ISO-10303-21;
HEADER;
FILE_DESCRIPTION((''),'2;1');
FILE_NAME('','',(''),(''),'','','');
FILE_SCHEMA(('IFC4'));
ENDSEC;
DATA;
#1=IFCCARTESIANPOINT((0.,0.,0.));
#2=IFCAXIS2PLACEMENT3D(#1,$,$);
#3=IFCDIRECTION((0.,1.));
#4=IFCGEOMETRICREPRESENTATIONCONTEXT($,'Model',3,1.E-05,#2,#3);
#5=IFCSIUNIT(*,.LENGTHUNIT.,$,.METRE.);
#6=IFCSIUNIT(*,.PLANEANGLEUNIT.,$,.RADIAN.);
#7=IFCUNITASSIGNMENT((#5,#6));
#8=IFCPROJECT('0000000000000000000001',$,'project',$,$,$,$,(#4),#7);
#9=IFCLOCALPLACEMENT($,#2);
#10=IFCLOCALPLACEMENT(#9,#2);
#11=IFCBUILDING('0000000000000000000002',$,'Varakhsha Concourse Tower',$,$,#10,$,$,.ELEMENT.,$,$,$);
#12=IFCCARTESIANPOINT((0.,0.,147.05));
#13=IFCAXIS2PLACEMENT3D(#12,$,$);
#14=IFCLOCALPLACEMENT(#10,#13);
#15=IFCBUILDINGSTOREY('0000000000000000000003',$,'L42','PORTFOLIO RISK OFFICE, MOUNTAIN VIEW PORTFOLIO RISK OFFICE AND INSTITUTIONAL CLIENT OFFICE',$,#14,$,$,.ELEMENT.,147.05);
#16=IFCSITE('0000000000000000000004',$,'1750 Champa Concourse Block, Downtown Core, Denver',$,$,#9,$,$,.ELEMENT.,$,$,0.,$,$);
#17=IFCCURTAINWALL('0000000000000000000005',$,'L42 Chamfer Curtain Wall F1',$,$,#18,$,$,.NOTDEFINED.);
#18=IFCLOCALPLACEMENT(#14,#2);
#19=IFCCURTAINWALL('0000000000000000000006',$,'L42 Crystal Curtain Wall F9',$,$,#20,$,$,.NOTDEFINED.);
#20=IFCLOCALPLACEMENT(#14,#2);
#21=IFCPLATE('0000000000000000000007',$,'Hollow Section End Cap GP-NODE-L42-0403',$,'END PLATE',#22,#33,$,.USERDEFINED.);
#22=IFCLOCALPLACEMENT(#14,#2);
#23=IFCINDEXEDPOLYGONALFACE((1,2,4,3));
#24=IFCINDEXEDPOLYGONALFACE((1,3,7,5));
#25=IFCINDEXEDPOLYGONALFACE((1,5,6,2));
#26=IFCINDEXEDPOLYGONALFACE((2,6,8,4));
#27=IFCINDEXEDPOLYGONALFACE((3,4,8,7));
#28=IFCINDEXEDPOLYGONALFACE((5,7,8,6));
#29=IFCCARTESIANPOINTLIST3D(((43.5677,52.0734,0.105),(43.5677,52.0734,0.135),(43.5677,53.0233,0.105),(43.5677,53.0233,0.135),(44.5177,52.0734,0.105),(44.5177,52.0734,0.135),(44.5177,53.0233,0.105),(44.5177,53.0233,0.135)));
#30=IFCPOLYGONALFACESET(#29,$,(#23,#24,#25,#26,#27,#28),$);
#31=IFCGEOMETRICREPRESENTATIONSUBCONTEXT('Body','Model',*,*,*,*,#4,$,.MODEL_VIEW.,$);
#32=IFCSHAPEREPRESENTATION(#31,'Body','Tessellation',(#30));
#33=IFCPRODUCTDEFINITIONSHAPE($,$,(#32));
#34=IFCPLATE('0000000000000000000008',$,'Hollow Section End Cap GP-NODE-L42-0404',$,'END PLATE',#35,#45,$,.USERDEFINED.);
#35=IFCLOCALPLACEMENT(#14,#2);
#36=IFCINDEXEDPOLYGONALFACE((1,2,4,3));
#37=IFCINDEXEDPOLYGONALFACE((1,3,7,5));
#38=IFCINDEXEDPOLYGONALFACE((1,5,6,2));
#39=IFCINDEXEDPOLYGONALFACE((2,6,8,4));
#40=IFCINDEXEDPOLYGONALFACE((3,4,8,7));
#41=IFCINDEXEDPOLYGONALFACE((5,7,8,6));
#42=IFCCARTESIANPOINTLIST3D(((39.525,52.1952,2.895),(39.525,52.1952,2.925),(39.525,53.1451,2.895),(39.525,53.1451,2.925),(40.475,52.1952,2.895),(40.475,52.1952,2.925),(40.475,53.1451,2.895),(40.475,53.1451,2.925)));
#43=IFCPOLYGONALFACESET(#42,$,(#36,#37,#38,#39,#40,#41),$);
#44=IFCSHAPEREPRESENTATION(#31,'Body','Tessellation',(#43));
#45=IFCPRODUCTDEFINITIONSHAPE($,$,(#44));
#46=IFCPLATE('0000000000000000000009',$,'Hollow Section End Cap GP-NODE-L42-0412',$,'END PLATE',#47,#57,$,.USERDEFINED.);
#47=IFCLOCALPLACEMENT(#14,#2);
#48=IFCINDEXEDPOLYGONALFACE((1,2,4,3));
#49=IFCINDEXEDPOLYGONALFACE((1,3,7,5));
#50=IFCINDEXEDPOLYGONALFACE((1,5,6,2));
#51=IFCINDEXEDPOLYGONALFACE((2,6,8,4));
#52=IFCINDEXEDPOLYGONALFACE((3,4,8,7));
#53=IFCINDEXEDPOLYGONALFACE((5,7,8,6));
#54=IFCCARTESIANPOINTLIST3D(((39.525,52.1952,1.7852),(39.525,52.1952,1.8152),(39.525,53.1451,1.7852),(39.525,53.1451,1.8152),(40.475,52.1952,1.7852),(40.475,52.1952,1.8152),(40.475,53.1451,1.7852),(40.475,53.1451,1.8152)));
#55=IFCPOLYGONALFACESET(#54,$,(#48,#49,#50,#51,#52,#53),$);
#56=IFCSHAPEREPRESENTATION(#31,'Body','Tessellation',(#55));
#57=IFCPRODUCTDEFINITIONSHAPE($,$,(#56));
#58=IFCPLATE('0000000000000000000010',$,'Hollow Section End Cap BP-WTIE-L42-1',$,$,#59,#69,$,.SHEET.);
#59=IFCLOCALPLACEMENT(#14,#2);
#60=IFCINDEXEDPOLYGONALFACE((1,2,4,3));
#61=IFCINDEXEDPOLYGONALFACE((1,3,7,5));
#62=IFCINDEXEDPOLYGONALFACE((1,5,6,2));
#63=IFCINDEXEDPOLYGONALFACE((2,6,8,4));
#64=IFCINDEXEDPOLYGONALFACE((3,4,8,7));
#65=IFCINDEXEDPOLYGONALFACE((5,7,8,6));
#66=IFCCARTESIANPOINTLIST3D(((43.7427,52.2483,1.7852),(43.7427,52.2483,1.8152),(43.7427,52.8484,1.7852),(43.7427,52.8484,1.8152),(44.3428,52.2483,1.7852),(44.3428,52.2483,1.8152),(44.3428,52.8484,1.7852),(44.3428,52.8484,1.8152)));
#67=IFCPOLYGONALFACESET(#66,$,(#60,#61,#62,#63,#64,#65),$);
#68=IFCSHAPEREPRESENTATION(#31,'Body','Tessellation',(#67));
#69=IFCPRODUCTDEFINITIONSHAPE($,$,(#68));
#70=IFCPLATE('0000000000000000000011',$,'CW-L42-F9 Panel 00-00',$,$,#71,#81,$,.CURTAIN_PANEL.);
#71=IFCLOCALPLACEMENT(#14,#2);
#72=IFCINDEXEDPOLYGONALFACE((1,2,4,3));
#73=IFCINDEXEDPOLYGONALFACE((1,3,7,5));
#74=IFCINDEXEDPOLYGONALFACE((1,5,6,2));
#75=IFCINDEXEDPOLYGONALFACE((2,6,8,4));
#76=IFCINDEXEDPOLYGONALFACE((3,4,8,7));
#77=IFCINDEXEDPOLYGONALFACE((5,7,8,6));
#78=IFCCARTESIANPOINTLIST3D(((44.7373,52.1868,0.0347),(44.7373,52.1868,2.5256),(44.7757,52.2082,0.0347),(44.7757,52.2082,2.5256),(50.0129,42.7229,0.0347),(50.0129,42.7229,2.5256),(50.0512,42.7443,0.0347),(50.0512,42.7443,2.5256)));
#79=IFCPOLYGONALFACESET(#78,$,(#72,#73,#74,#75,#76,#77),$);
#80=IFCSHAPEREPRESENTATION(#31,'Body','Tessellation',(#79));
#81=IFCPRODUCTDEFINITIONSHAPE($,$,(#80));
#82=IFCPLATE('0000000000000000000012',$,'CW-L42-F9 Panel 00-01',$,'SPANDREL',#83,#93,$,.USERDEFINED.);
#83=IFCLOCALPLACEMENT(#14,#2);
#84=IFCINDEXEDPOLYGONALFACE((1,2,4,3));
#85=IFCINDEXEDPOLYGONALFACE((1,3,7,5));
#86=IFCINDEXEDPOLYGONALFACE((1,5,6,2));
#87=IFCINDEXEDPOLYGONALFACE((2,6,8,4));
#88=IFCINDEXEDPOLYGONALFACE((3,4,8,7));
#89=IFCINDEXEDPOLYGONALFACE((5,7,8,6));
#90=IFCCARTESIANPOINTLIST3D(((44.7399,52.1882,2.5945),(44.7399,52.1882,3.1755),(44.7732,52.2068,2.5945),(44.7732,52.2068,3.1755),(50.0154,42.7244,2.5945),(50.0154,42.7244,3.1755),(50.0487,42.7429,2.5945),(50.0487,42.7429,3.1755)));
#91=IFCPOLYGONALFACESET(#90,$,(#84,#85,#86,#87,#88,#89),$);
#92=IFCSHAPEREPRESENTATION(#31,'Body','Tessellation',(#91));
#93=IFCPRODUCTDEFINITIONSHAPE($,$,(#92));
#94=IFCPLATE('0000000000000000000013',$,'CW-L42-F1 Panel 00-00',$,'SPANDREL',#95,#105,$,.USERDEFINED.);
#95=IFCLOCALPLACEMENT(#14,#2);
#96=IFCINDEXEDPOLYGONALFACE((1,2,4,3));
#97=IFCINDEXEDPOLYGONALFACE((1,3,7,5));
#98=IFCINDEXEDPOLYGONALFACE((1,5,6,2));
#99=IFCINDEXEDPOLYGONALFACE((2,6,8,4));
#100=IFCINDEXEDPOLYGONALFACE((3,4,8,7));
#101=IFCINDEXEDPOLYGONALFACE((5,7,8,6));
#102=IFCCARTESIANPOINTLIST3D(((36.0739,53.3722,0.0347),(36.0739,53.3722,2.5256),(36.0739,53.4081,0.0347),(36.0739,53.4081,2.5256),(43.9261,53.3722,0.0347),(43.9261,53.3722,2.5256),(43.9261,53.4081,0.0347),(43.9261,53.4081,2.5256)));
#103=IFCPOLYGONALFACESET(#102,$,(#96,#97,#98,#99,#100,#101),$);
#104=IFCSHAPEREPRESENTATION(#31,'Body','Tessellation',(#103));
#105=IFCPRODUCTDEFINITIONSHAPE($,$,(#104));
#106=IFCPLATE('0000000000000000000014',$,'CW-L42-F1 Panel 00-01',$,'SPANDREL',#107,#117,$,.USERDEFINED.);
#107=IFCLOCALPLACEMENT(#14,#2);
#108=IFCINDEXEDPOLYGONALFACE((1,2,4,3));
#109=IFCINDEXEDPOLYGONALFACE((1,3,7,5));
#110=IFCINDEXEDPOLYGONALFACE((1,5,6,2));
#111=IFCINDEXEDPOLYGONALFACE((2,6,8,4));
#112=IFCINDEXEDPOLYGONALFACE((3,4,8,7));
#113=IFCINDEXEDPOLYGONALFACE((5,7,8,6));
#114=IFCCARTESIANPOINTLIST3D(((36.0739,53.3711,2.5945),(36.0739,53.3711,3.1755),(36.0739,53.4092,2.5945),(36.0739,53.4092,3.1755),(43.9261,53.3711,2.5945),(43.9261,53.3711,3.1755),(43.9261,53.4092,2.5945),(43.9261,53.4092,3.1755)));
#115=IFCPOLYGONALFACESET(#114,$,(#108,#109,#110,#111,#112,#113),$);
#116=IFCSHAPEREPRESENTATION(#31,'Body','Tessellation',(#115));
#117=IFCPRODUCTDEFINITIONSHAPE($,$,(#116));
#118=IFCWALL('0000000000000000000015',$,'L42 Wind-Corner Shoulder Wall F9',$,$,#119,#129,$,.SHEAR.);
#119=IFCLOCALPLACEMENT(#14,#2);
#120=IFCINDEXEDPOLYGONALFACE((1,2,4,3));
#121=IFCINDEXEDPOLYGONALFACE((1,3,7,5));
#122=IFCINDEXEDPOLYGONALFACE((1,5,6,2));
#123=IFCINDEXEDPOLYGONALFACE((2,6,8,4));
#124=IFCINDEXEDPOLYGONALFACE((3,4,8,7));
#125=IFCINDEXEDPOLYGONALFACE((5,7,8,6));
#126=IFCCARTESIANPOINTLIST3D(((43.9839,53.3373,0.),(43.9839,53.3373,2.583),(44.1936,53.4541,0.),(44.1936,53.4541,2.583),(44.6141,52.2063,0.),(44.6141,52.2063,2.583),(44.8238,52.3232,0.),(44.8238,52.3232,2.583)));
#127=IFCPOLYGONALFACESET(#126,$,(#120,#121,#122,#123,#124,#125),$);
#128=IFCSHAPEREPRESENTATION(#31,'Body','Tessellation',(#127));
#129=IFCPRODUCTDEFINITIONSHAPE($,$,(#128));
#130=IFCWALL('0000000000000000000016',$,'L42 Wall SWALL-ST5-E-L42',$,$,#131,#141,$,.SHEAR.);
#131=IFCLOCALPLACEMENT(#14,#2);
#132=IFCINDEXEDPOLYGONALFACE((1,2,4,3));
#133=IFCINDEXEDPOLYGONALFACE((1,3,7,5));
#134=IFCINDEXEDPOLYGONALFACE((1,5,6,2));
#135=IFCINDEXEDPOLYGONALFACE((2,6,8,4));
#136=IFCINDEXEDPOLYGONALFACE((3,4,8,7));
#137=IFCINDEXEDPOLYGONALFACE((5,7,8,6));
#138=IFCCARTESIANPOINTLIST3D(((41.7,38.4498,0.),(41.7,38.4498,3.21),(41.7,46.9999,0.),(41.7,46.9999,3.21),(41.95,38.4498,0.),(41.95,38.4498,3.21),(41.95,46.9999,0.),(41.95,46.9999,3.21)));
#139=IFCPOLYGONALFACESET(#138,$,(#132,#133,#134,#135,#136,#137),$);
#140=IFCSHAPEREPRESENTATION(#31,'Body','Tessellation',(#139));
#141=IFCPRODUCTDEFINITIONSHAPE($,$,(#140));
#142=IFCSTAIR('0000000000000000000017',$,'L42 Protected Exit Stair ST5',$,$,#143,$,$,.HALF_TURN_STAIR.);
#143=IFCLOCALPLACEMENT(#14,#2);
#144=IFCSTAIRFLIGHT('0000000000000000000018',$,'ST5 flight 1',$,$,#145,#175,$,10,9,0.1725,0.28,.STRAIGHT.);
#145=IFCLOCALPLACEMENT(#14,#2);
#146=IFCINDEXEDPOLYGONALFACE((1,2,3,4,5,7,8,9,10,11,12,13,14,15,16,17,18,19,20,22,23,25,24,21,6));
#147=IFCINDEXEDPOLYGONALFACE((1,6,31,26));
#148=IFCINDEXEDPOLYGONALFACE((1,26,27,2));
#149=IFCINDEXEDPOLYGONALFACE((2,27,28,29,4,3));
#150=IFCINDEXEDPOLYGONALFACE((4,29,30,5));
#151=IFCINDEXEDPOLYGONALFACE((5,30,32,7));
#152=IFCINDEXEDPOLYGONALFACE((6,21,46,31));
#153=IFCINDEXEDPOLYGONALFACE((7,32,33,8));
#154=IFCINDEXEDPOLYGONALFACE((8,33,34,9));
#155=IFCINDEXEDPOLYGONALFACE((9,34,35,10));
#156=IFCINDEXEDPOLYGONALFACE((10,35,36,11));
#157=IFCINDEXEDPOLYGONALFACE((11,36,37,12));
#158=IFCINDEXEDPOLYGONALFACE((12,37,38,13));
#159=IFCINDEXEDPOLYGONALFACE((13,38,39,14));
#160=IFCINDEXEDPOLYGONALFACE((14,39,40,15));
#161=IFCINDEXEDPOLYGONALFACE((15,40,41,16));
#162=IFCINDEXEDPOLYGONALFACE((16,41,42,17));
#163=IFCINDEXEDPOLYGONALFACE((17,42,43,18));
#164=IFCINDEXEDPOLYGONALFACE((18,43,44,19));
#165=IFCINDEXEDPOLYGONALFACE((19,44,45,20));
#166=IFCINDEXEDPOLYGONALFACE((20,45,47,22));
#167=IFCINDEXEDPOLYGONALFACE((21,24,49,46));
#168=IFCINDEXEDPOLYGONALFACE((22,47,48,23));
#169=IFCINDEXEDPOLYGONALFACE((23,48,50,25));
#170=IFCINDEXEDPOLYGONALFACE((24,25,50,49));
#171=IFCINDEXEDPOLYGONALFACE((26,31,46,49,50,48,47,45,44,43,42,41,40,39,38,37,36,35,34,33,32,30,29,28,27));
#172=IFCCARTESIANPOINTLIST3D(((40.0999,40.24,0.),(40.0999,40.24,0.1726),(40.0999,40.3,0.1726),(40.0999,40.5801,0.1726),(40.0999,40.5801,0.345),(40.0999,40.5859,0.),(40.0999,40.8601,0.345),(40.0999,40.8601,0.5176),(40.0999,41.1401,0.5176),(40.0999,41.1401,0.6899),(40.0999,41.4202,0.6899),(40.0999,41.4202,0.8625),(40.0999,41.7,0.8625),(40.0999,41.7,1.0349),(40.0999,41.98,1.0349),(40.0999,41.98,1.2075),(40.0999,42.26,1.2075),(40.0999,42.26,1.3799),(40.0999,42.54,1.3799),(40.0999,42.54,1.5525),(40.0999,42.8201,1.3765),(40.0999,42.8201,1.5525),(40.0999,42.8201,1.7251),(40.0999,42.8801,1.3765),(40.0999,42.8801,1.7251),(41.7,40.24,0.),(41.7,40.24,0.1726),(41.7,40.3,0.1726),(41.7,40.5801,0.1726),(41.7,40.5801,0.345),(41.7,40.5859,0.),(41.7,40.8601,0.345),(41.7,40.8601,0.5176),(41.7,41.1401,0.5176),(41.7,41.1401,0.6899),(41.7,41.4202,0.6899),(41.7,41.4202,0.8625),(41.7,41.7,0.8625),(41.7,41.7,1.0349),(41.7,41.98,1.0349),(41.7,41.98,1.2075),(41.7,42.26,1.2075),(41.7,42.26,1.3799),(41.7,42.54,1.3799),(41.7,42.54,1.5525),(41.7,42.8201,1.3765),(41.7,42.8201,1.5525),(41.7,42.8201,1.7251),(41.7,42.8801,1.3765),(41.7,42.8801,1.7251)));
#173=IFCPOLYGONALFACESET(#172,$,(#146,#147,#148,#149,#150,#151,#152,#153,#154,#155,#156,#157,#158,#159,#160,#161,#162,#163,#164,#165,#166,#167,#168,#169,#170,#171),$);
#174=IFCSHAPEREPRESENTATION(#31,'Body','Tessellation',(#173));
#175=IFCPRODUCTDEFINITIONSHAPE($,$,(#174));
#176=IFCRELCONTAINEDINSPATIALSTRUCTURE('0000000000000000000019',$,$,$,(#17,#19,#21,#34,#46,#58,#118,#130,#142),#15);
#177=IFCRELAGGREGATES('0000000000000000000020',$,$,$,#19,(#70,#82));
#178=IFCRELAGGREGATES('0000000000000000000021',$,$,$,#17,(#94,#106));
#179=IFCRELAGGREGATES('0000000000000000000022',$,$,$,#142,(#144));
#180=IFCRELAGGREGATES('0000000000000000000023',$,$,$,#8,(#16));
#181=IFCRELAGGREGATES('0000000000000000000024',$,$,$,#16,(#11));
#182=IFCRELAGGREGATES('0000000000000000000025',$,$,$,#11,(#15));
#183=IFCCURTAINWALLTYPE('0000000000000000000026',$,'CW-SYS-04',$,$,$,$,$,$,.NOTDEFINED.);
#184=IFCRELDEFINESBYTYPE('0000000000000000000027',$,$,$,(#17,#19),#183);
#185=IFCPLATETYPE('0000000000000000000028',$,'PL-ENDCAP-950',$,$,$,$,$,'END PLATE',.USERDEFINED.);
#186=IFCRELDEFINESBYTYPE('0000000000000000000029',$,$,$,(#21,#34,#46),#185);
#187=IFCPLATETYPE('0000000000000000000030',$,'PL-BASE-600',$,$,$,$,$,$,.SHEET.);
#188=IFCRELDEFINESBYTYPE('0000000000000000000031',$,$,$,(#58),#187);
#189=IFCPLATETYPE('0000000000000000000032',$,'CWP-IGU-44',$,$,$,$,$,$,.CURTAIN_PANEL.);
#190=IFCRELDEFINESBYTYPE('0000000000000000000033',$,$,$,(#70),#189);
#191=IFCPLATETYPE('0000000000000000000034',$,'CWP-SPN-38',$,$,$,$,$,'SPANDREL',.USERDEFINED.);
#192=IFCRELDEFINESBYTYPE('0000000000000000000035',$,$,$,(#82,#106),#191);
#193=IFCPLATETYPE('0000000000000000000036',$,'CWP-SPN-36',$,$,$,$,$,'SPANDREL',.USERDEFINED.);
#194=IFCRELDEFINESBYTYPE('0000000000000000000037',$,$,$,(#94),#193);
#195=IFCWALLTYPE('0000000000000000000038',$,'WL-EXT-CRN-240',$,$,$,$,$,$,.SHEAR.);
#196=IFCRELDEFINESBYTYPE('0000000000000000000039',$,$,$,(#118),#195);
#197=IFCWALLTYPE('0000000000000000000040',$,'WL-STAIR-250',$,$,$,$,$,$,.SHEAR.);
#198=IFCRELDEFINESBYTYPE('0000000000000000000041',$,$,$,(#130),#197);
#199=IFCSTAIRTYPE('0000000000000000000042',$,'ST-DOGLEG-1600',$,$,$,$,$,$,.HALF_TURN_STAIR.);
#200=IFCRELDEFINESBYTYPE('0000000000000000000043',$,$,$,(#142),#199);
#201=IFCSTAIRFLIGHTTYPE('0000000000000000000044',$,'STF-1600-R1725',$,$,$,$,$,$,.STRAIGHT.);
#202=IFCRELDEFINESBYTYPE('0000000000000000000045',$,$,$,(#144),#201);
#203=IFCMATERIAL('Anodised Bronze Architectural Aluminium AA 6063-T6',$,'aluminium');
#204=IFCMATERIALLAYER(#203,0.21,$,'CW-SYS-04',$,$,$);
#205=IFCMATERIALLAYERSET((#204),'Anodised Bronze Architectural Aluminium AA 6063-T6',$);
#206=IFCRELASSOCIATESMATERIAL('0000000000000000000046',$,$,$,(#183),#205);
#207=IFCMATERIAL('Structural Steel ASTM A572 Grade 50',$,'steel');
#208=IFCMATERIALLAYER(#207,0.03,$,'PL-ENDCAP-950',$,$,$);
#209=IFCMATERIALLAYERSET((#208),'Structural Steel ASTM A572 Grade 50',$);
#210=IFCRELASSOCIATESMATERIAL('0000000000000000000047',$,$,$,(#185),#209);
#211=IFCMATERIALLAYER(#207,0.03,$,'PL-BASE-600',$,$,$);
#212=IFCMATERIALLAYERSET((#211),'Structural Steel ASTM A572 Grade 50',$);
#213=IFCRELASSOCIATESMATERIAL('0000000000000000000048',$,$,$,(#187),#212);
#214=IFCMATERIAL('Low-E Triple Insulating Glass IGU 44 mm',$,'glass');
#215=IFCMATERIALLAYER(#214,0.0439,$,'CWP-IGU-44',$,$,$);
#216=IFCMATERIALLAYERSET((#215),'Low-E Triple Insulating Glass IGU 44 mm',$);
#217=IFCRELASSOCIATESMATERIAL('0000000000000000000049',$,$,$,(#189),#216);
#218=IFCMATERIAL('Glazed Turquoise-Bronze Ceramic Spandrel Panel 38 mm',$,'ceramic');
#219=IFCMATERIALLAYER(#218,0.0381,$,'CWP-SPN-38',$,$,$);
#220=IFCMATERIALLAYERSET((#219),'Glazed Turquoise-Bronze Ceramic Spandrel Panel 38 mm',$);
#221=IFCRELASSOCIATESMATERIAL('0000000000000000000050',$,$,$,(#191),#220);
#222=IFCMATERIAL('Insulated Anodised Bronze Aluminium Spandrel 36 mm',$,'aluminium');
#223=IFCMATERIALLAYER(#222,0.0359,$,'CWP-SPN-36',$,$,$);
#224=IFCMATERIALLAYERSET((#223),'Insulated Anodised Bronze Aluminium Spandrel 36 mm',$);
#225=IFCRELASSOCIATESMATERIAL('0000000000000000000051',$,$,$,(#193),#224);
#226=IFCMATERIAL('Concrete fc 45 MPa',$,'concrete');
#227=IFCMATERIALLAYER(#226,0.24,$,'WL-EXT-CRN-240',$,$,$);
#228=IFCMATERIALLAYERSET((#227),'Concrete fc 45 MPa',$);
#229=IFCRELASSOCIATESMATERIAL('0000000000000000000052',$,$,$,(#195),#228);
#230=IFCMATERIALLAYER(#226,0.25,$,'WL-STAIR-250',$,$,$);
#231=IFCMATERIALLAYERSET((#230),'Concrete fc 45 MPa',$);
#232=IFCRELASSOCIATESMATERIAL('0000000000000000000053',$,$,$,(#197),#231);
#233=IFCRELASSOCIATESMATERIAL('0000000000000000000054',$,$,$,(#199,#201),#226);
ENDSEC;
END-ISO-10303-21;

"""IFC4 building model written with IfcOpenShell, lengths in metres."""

from ifc_helpers import new_model, si_unit, direction, frame, frame_2d, origin, origin_2d, place, context, subcontext, project, spatial, polyline, rectangle, outline, extrude, source, transform, mapped, material, layer, layer_set, type_object, type_shapes, element, aggregate, save


model = new_model("IFC4")

# Units and contexts
model_context = context("Model", 3, precision=1e-05, world=origin(), true_north=direction((0.0, 1.0)))
body_context = subcontext(model_context, "Body", "Model", "MODEL_VIEW")
ifc_project = project(units=[si_unit("LENGTHUNIT", "METRE"), si_unit("PLANEANGLEUNIT", "RADIAN")], contexts=[model_context])

# Site, building, storey
site_placement = place(None, origin())
site = spatial("IfcSite", under=ifc_project, at=site_placement, Name="1750 Champa Concourse Block, Downtown Core, Denver", CompositionType="ELEMENT", RefElevation=0.0)
building_placement = place(site_placement, origin())
building = spatial("IfcBuilding", under=site, at=building_placement, Name="Varakhsha Concourse Tower", CompositionType="ELEMENT")
storey_placement = place(building_placement, frame((0.0, 0.0, 147.05)))
storey = spatial("IfcBuildingStorey", under=building, at=storey_placement, Name="L42", Description="PORTFOLIO RISK OFFICE, MOUNTAIN VIEW PORTFOLIO RISK OFFICE AND INSTITUTIONAL CLIENT OFFICE", CompositionType="ELEMENT", Elevation=147.05)

# Shared definitions
ifc_material_1 = material(Name="Structural Steel ASTM A572 Grade 50", Category="steel")

# Curtain wall
ifc_material_2 = material(Name="Anodised Bronze Architectural Aluminium AA 6063-T6", Category="aluminium")
ifc_layer_1 = layer(ifc_material_2, 0.21, Name="CW-SYS-04")
ifc_layer_set_1 = layer_set([ifc_layer_1], Name="Anodised Bronze Architectural Aluminium AA 6063-T6")
curtain_wall_type = type_object("IfcCurtainWallType", Name="CW-SYS-04", PredefinedType="NOTDEFINED", material=ifc_layer_set_1)
curtain_wall_1_placement = place(storey_placement, origin())
curtain_wall_1 = element("IfcCurtainWall", 1, at=curtain_wall_1_placement, inside=storey, type_object=curtain_wall_type, Name="L42 Chamfer Curtain Wall F1", PredefinedType="NOTDEFINED")

# Curtain wall
curtain_wall_2_placement = place(storey_placement, origin())
curtain_wall_2 = element("IfcCurtainWall", 2, at=curtain_wall_2_placement, inside=storey, type_object=curtain_wall_type, Name="L42 Crystal Curtain Wall F9", PredefinedType="NOTDEFINED")

# Plates
ifc_layer_2 = layer(ifc_material_1, 0.03, Name="PL-ENDCAP-950")
ifc_layer_set_2 = layer_set([ifc_layer_2], Name="Structural Steel ASTM A572 Grade 50")
plate_type_1 = type_object("IfcPlateType", Name="PL-ENDCAP-950", ElementType="END PLATE", PredefinedType="USERDEFINED", material=ifc_layer_set_2)
shared_shape_1 = source(origin(), body_context, "Body", "SweptSolid", [
    extrude(rectangle(XDim=0.95, YDim=0.95, at=origin_2d()), origin(), (0.0, 0.0, 1.0), 0.03),
])
type_shapes(plate_type_1, [shared_shape_1])
for number, where, z_axis, x_axis, name in (
    (3, (44.0427, 52.5483, 0.105), (0.0, 0.0, 1.0), (1.0, 0.0, 0.0), "Hollow Section End Cap GP-NODE-L42-0403"),
    (4, (40.0, 52.6702, 2.895), (0.0, 0.0, 1.0), (1.0, 0.0, 0.0), "Hollow Section End Cap GP-NODE-L42-0404"),
    (5, (40.0, 52.6702, 1.7852), (0.0, 0.0, 1.0), (1.0, 0.0, 0.0), "Hollow Section End Cap GP-NODE-L42-0412"),
):
    element("IfcPlate", number, at=place(storey_placement, frame(where, z_axis=z_axis, x_axis=x_axis)), inside=storey, type_object=plate_type_1, Name=name, ObjectType="END PLATE", PredefinedType="USERDEFINED", context=body_context, shape_type="MappedRepresentation", body=[
        mapped(shared_shape_1, transform((0.0, 0.0, 0.0), scale=1.0)),
    ])
ifc_layer_3 = layer(ifc_material_1, 0.03, Name="PL-BASE-600")
ifc_layer_set_3 = layer_set([ifc_layer_3], Name="Structural Steel ASTM A572 Grade 50")
plate_type_2 = type_object("IfcPlateType", Name="PL-BASE-600", PredefinedType="SHEET", material=ifc_layer_set_3)
shared_shape_2 = source(origin(), body_context, "Body", "SweptSolid", [
    extrude(rectangle(XDim=0.6001, YDim=0.6001, at=origin_2d()), origin(), (0.0, 0.0, 1.0), 0.03),
])
type_shapes(plate_type_2, [shared_shape_2])
plate_1_placement = place(storey_placement, frame((44.0427, 52.5483, 1.7852), z_axis=(0.0, 0.0, 1.0), x_axis=(1.0, 0.0, 0.0)))
element("IfcPlate", 6, at=plate_1_placement, inside=storey, type_object=plate_type_2, Name="Hollow Section End Cap BP-WTIE-L42-1", PredefinedType="SHEET", context=body_context, shape_type="MappedRepresentation", body=[
    mapped(shared_shape_2, transform((0.0, 0.0, 0.0), scale=1.0)),
])

# Plates
ifc_material_3 = material(Name="Low-E Triple Insulating Glass IGU 44 mm", Category="glass")
ifc_layer_4 = layer(ifc_material_3, 0.0439, Name="CWP-IGU-44")
ifc_layer_set_4 = layer_set([ifc_layer_4], Name="Low-E Triple Insulating Glass IGU 44 mm")
plate_type_3 = type_object("IfcPlateType", Name="CWP-IGU-44", PredefinedType="CURTAIN_PANEL", material=ifc_layer_set_4)
shared_shape_3 = source(origin(), body_context, "Body", "SweptSolid", [
    extrude(rectangle(XDim=10.835, YDim=0.0439, at=origin_2d()), origin(), (0.0, 0.0, 1.0), 2.491),
])
type_shapes(plate_type_3, [shared_shape_3])
plate_2_placement = place(storey_placement, frame((47.3943, 47.4656, 0.0347), z_axis=(0.0, 0.0, 1.0), x_axis=(0.4869, -0.873458, 0.0)))
plate_2 = element("IfcPlate", 7, at=plate_2_placement, type_object=plate_type_3, Name="CW-L42-F9 Panel 00-00", PredefinedType="CURTAIN_PANEL", context=body_context, shape_type="MappedRepresentation", body=[
    mapped(shared_shape_3, transform((0.0, 0.0, 0.0), scale=1.0)),
])
ifc_material_4 = material(Name="Glazed Turquoise-Bronze Ceramic Spandrel Panel 38 mm", Category="ceramic")
ifc_layer_5 = layer(ifc_material_4, 0.0381, Name="CWP-SPN-38")
ifc_layer_set_5 = layer_set([ifc_layer_5], Name="Glazed Turquoise-Bronze Ceramic Spandrel Panel 38 mm")
plate_type_4 = type_object("IfcPlateType", Name="CWP-SPN-38", ElementType="SPANDREL", PredefinedType="USERDEFINED", material=ifc_layer_set_5)
shared_shape_4 = source(origin(), body_context, "Body", "SweptSolid", [
    extrude(rectangle(XDim=10.835, YDim=0.0381, at=origin_2d()), origin(), (0.0, 0.0, 1.0), 0.5811),
])
plate_3_placement = place(storey_placement, frame((47.3943, 47.4656, 2.5945), z_axis=(0.0, 0.0, 1.0), x_axis=(0.4869, -0.873458, 0.0)))
plate_3 = element("IfcPlate", 8, at=plate_3_placement, type_object=plate_type_4, Name="CW-L42-F9 Panel 00-01", ObjectType="SPANDREL", PredefinedType="USERDEFINED", context=body_context, shape_type="MappedRepresentation", body=[
    mapped(shared_shape_4, transform((0.0, 0.0, 0.0), scale=1.0)),
])
aggregate(curtain_wall_2, [plate_2, plate_3])
ifc_material_5 = material(Name="Insulated Anodised Bronze Aluminium Spandrel 36 mm", Category="aluminium")
ifc_layer_6 = layer(ifc_material_5, 0.0359, Name="CWP-SPN-36")
ifc_layer_set_6 = layer_set([ifc_layer_6], Name="Insulated Anodised Bronze Aluminium Spandrel 36 mm")
plate_type_5 = type_object("IfcPlateType", Name="CWP-SPN-36", ElementType="SPANDREL", PredefinedType="USERDEFINED", material=ifc_layer_set_6)
shared_shape_5 = source(origin(), body_context, "Body", "SweptSolid", [
    extrude(rectangle(XDim=7.8523, YDim=0.0359, at=origin_2d()), origin(), (0.0, 0.0, 1.0), 2.491),
])
type_shapes(plate_type_5, [shared_shape_5])
plate_4_placement = place(storey_placement, frame((40.0, 53.3901, 0.0347), z_axis=(0.0, 0.0, 1.0), x_axis=(1.0, 0.0, 0.0)))
plate_4 = element("IfcPlate", 9, at=plate_4_placement, type_object=plate_type_5, Name="CW-L42-F1 Panel 00-00", ObjectType="SPANDREL", PredefinedType="USERDEFINED", context=body_context, shape_type="MappedRepresentation", body=[
    mapped(shared_shape_5, transform((0.0, 0.0, 0.0), scale=1.0)),
])
shared_shape_6 = source(origin(), body_context, "Body", "SweptSolid", [
    extrude(rectangle(XDim=7.8523, YDim=0.0381, at=origin_2d()), origin(), (0.0, 0.0, 1.0), 0.5811),
])
type_shapes(plate_type_4, [shared_shape_4, shared_shape_6])
plate_5_placement = place(storey_placement, frame((40.0, 53.3901, 2.5945), z_axis=(0.0, 0.0, 1.0), x_axis=(1.0, 0.0, 0.0)))
plate_5 = element("IfcPlate", 10, at=plate_5_placement, type_object=plate_type_4, Name="CW-L42-F1 Panel 00-01", ObjectType="SPANDREL", PredefinedType="USERDEFINED", context=body_context, shape_type="MappedRepresentation", body=[
    mapped(shared_shape_6, transform((0.0, 0.0, 0.0), scale=1.0)),
])
aggregate(curtain_wall_1, [plate_4, plate_5])

# Walls
ifc_material_6 = material(Name="Concrete fc 45 MPa", Category="concrete")
ifc_layer_7 = layer(ifc_material_6, 0.24, Name="WL-EXT-CRN-240")
ifc_layer_set_7 = layer_set([ifc_layer_7], Name="Concrete fc 45 MPa")
wall_type_1 = type_object("IfcWallType", Name="WL-EXT-CRN-240", PredefinedType="SHEAR", material=ifc_layer_set_7)
wall_1_placement = place(storey_placement, frame((44.719, 52.2646, 0.0), z_axis=(0.0, 0.0, 1.0), x_axis=(-0.486747, 0.873543, 0.0)))
element("IfcWall", 11, at=wall_1_placement, inside=storey, type_object=wall_type_1, Name="L42 Wind-Corner Shoulder Wall F9", PredefinedType="SHEAR", context=body_context, shape_type="SweptSolid", body=[
    extrude(rectangle(XDim=1.2947, YDim=0.24, at=frame_2d((0.6475, 0.0))), origin(), (0.0, 0.0, 1.0), 2.583),
])
ifc_layer_8 = layer(ifc_material_6, 0.25, Name="WL-STAIR-250")
ifc_layer_set_8 = layer_set([ifc_layer_8], Name="Concrete fc 45 MPa")
wall_type_2 = type_object("IfcWallType", Name="WL-STAIR-250", PredefinedType="SHEAR", material=ifc_layer_set_8)
wall_2_placement = place(storey_placement, frame((41.825, 38.45, 0.0), z_axis=(0.0, 0.0, 1.0), x_axis=(0.0, 1.0, 0.0)))
element("IfcWall", 12, at=wall_2_placement, inside=storey, type_object=wall_type_2, Name="L42 Wall SWALL-ST5-E-L42", PredefinedType="SHEAR", context=body_context, shape_type="SweptSolid", body=[
    extrude(rectangle(XDim=8.55, YDim=0.25, at=frame_2d((4.2749, 0.0))), origin(), (0.0, 0.0, 1.0), 3.21),
])

# Stair, stair flight
stair_type = type_object("IfcStairType", Name="ST-DOGLEG-1600", PredefinedType="HALF_TURN_STAIR", material=ifc_material_6)
stair_placement = place(storey_placement, origin())
stair = element("IfcStair", 13, at=stair_placement, inside=storey, type_object=stair_type, Name="L42 Protected Exit Stair ST5", PredefinedType="HALF_TURN_STAIR")
stair_flight_type = type_object("IfcStairFlightType", Name="STF-1600-R1725", PredefinedType="STRAIGHT", material=ifc_material_6)
stair_flight_1_placement = place(storey_placement, frame((40.8999, 40.3, 0.0), z_axis=(0.0, 0.0, 1.0), x_axis=(0.0, 1.0, 0.0)))
stair_flight_1 = element("IfcStairFlight", 14, at=stair_flight_1_placement, type_object=stair_flight_type, Name="ST5 flight 1", NumberOfRisers=10, NumberOfTreads=9, PredefinedType="STRAIGHT", RiserHeight=0.1725, TreadLength=0.28, context=body_context, shape_type="SweptSolid", body=[
    extrude(outline(polyline([(-0.0601, 0.0), (-0.0601, 0.1726), (0.0, 0.1726), (0.28, 0.1726), (0.28, 0.345), (0.5601, 0.345), (0.5601, 0.5176), (0.8401, 0.5176), (0.8401, 0.6899), (1.1201, 0.6899), (1.1201, 0.8625), (1.3999, 0.8625), (1.3999, 1.0349), (1.6799, 1.0349), (1.6799, 1.2075), (1.96, 1.2075), (1.96, 1.3799), (2.24, 1.3799), (2.24, 1.5525), (2.52, 1.5525), (2.52, 1.7251), (2.5801, 1.7251), (2.5801, 1.3765), (2.52, 1.3765), (0.2859, 0.0), (-0.0601, 0.0)])), frame((0.0, 0.8, 0.0), z_axis=(0.0, -1.0, 0.0), x_axis=(1.0, 0.0, 0.0)), (0.0, 0.0, 1.0), 1.6001),
])
aggregate(stair, [stair_flight_1])

save(model, "model.ifc")
